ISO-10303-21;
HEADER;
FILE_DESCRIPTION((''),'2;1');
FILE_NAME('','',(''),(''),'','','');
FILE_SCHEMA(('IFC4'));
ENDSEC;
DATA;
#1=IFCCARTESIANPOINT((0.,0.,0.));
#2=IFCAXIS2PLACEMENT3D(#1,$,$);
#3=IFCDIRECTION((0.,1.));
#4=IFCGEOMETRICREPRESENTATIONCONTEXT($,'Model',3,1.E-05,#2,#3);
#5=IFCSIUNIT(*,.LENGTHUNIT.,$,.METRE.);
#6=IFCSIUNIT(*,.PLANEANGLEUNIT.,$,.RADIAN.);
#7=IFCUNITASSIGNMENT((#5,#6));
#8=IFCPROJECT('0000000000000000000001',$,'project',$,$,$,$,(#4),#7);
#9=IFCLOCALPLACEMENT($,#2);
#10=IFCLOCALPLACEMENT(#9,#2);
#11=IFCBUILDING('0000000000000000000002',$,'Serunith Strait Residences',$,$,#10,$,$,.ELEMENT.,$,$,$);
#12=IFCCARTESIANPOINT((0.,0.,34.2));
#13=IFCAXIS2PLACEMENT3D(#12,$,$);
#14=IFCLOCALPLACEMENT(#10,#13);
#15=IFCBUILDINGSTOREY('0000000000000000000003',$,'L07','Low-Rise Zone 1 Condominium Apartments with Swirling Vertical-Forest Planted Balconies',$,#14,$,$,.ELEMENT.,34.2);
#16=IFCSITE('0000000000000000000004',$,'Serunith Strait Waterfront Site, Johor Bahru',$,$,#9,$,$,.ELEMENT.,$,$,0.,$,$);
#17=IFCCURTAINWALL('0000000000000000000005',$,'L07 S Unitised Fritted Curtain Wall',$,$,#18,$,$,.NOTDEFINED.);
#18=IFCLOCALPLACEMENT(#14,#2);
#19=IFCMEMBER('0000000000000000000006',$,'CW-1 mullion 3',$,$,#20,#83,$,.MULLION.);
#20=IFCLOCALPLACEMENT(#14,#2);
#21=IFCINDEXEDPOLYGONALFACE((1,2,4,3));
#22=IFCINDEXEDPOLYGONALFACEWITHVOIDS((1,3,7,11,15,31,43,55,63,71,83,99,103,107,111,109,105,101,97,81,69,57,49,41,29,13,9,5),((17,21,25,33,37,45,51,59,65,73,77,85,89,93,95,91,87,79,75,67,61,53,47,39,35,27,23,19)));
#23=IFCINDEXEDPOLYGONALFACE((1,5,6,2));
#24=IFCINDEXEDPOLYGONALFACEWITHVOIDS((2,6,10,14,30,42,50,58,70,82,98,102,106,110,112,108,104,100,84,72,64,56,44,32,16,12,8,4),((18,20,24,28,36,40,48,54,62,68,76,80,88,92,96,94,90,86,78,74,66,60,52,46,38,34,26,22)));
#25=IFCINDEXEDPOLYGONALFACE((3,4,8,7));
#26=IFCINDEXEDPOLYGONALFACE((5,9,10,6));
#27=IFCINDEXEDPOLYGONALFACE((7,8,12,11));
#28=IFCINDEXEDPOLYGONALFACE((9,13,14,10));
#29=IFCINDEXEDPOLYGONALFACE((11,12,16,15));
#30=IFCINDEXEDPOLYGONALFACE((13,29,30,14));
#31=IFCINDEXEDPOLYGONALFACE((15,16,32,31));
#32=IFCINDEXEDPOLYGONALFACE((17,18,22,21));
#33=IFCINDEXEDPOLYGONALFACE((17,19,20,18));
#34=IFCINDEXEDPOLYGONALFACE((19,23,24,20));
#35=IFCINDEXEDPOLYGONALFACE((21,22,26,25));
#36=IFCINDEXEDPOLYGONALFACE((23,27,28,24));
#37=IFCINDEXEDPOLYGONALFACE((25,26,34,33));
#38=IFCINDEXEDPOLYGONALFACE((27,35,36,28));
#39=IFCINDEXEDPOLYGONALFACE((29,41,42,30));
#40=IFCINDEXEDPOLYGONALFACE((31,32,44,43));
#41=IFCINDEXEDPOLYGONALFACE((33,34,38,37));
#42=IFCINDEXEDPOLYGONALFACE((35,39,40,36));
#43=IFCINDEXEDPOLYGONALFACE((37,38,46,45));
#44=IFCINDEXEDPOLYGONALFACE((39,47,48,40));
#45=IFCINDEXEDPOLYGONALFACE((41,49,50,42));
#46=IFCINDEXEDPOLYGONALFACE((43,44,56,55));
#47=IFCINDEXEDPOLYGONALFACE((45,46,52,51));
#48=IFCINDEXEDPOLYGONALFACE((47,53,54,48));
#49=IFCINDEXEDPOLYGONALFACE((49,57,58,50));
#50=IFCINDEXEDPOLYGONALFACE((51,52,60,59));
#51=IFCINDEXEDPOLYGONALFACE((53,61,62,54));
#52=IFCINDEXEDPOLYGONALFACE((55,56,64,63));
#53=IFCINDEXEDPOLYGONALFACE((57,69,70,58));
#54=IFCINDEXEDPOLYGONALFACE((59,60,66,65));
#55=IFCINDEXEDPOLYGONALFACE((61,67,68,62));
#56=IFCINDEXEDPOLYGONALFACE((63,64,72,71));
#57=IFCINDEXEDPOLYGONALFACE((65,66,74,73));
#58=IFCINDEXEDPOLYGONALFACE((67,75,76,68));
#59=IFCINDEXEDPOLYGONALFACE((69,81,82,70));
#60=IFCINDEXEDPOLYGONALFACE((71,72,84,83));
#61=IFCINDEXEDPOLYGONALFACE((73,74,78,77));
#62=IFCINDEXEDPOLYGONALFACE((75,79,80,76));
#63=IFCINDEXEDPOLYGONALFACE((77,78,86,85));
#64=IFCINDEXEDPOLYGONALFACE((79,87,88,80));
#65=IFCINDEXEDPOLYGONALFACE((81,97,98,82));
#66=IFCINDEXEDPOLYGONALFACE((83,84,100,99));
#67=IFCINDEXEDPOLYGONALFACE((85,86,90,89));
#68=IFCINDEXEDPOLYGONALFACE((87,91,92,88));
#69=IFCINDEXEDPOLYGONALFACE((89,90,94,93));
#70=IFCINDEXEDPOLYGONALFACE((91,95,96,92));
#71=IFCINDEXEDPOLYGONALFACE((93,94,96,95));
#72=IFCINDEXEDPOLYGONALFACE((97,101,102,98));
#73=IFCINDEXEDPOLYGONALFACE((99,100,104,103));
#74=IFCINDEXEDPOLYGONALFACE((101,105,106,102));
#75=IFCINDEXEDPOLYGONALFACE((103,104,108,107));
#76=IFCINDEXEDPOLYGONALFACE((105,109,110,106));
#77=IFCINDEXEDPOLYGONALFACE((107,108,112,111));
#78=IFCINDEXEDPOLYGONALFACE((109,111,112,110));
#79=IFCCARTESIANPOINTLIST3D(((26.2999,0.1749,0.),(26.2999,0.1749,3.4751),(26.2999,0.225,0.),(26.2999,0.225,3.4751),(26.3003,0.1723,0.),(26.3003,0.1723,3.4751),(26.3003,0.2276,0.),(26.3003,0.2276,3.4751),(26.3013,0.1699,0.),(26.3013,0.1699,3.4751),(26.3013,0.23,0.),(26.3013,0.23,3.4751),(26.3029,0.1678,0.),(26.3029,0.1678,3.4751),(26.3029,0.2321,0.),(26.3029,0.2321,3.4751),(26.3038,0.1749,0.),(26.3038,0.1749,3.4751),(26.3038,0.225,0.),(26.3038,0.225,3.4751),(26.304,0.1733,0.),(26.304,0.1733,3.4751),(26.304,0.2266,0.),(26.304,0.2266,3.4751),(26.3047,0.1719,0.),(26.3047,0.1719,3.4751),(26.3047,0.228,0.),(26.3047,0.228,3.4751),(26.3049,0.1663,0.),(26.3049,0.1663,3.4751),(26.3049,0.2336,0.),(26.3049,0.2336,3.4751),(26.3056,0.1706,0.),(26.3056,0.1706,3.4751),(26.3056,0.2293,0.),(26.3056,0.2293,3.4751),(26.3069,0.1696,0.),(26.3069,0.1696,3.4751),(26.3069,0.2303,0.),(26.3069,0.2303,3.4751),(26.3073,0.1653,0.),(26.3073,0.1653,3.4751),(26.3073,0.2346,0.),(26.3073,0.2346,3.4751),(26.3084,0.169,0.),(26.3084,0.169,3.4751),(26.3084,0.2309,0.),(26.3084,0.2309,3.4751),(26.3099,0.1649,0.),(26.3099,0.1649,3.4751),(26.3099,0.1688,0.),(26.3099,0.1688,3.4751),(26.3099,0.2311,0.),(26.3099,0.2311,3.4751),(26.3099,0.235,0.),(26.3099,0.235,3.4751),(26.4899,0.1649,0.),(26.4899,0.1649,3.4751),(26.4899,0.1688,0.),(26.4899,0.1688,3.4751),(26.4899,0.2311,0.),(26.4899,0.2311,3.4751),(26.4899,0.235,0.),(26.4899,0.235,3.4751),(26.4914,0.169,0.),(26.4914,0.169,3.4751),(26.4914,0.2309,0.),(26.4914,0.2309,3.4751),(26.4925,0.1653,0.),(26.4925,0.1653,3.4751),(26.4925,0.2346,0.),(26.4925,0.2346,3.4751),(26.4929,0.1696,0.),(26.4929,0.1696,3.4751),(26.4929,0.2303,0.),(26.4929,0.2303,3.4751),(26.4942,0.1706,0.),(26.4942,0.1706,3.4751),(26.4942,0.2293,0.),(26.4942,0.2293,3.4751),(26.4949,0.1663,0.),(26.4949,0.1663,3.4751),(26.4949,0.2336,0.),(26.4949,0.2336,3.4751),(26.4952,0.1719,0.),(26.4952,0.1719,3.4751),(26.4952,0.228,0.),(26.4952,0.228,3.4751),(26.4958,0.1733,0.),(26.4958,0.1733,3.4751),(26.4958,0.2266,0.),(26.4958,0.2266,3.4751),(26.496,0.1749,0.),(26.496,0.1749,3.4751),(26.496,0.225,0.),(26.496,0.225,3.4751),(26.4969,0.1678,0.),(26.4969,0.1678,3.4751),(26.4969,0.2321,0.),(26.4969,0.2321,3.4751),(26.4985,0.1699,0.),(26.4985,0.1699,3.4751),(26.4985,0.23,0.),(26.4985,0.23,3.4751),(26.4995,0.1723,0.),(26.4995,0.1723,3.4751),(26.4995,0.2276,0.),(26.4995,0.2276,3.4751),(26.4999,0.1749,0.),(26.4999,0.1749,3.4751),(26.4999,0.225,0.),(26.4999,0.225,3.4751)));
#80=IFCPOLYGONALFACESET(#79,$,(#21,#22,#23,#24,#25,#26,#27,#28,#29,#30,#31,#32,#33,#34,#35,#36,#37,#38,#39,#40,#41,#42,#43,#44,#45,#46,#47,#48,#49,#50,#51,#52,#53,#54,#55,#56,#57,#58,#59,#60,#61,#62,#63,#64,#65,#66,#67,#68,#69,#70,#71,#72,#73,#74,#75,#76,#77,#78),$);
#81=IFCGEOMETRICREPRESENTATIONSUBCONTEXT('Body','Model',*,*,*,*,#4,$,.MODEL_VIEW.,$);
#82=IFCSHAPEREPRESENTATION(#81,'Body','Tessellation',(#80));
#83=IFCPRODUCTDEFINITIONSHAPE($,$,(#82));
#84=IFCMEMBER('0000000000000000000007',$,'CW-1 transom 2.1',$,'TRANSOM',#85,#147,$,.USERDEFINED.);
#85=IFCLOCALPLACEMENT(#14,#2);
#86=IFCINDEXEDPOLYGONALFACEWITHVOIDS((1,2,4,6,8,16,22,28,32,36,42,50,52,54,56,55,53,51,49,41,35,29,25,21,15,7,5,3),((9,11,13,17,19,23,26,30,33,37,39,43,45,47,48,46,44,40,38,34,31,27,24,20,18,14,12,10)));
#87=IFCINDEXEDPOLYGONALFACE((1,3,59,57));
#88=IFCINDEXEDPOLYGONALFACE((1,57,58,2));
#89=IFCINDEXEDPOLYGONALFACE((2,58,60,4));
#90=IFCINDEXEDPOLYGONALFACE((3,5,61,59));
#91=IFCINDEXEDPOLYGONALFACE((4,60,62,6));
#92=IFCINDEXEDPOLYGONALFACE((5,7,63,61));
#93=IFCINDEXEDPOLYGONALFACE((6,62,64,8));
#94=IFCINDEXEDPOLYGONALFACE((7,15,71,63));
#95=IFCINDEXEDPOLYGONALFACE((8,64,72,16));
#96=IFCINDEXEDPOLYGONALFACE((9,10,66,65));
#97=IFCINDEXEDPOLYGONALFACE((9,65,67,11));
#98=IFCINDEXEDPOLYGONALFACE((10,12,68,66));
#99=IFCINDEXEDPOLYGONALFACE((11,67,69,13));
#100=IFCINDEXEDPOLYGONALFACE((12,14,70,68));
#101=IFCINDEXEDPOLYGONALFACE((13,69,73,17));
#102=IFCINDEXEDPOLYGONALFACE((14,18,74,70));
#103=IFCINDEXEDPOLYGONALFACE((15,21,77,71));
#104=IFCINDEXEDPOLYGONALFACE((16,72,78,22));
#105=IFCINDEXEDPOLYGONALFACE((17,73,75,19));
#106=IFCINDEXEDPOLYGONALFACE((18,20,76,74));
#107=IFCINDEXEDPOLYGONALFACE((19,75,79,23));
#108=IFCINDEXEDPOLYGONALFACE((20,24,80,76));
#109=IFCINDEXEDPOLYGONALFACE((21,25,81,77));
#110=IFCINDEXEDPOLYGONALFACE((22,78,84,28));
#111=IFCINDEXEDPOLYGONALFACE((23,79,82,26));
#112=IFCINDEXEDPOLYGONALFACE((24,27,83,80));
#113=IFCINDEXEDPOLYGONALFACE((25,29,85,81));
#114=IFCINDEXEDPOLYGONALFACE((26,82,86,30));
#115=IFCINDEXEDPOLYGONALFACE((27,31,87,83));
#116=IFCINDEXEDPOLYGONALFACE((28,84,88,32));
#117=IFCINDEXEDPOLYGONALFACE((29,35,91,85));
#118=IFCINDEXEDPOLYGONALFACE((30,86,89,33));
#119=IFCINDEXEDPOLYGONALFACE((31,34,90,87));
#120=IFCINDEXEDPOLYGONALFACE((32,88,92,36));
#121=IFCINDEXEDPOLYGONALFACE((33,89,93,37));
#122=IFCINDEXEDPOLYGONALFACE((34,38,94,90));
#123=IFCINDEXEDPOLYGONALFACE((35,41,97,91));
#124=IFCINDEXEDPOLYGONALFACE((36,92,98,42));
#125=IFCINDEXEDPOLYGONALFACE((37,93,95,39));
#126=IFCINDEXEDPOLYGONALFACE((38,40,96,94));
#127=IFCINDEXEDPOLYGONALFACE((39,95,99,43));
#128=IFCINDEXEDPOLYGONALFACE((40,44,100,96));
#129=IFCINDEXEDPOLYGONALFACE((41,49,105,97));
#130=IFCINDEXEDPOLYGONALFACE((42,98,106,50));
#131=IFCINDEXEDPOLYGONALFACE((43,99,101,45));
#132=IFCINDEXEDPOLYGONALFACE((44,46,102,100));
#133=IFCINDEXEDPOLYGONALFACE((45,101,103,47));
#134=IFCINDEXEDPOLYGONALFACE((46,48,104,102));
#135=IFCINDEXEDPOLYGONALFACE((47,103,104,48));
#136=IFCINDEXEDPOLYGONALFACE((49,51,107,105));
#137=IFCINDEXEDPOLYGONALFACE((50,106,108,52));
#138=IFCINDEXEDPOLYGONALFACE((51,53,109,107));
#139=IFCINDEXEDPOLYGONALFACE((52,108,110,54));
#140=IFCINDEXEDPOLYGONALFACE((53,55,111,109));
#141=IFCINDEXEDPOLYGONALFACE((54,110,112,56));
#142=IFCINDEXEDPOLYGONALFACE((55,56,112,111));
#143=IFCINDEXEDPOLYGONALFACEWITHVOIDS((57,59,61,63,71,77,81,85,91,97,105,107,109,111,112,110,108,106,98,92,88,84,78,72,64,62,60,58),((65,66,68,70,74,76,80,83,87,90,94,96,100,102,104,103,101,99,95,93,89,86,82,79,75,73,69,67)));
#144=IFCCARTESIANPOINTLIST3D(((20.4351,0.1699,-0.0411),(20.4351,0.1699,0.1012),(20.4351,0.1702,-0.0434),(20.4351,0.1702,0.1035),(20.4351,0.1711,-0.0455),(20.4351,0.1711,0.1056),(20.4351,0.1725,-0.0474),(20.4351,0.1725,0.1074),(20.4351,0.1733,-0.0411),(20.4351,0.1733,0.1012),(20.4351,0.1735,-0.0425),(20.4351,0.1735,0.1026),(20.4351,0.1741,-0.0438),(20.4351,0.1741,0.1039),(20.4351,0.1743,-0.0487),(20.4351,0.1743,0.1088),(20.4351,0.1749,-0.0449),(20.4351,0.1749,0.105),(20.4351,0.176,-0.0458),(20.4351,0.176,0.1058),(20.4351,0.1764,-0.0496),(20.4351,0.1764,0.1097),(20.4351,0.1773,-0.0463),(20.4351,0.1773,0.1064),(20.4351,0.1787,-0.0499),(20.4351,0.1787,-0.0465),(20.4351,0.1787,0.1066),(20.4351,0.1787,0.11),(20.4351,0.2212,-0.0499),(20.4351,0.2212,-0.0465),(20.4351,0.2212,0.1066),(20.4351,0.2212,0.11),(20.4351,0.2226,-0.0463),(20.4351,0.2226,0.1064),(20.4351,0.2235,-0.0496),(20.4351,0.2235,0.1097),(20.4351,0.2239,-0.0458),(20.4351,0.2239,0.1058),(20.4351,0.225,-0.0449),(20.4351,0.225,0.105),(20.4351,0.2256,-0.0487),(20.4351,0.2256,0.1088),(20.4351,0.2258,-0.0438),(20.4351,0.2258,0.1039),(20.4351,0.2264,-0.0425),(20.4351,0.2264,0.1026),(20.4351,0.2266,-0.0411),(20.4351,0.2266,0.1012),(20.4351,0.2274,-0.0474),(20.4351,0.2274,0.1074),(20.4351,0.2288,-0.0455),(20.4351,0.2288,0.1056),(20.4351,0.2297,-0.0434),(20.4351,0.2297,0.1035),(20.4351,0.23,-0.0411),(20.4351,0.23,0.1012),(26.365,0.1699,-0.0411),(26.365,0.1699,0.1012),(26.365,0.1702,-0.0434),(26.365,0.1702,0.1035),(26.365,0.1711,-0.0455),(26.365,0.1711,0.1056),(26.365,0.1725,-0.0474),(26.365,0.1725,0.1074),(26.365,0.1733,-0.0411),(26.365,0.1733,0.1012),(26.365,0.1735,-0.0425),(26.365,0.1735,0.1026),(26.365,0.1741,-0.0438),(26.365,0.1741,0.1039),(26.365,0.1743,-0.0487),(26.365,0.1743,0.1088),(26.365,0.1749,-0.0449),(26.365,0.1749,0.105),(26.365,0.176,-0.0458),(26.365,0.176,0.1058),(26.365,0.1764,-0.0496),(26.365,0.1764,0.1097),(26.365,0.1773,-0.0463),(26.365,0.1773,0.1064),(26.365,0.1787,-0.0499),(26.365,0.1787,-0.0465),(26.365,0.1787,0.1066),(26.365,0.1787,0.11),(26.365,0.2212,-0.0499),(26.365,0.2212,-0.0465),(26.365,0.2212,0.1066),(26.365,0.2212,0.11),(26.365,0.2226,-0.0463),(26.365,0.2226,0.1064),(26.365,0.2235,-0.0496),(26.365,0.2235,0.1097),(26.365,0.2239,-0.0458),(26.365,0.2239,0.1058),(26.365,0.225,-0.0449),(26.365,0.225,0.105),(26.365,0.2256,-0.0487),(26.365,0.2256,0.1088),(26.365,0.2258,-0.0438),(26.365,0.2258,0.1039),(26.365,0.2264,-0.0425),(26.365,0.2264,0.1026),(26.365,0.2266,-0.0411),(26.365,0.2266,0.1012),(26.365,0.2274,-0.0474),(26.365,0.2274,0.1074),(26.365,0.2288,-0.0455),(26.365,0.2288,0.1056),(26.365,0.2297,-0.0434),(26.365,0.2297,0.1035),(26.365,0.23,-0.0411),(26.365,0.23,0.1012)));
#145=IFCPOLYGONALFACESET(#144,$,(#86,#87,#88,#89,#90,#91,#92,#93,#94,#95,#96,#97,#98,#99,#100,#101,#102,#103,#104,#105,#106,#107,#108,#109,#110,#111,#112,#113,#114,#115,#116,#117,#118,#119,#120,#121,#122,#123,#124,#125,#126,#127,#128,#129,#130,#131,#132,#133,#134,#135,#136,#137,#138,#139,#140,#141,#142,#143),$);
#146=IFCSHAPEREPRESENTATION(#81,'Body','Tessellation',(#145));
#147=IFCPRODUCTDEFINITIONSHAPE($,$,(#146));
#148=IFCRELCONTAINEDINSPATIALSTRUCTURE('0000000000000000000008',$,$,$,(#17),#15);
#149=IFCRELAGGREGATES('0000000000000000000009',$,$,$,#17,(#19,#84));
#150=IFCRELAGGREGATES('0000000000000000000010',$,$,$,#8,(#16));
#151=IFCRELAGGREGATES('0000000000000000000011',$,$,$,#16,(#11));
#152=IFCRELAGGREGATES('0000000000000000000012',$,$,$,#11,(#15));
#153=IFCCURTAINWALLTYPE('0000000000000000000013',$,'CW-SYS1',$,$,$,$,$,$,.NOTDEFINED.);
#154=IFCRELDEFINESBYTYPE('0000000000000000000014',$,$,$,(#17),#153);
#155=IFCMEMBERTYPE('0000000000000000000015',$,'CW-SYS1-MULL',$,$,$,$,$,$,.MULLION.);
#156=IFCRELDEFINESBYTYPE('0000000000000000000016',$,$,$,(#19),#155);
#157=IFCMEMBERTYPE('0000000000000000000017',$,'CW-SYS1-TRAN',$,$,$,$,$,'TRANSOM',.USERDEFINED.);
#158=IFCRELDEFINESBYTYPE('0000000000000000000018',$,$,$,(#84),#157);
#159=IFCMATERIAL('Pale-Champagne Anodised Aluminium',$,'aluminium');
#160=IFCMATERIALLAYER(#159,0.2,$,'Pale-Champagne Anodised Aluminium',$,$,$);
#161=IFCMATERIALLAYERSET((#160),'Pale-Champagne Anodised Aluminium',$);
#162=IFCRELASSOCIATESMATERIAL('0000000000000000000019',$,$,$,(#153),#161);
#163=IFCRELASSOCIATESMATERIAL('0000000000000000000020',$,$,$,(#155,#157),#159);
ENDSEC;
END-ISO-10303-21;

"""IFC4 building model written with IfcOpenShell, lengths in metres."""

from ifc_helpers import new_model, si_unit, direction, frame, origin, origin_2d, place, context, subcontext, project, spatial, hollow_rectangle, extrude, source, transform, mapped, material, layer, layer_set, material_profile, profile_set, type_object, element, aggregate, save


model = new_model("IFC4")

# Units and contexts
model_context = context("Model", 3, precision=1e-05, world=origin(), true_north=direction((0.0, 1.0)))
body_context = subcontext(model_context, "Body", "Model", "MODEL_VIEW")
ifc_project = project(units=[si_unit("LENGTHUNIT", "METRE"), si_unit("PLANEANGLEUNIT", "RADIAN")], contexts=[model_context])

# Site, building, storey
site_placement = place(None, origin())
site = spatial("IfcSite", under=ifc_project, at=site_placement, Name="Serunith Strait Waterfront Site, Johor Bahru", CompositionType="ELEMENT", RefElevation=0.0)
building_placement = place(site_placement, origin())
building = spatial("IfcBuilding", under=site, at=building_placement, Name="Serunith Strait Residences", CompositionType="ELEMENT")
storey_placement = place(building_placement, frame((0.0, 0.0, 34.2)))
storey = spatial("IfcBuildingStorey", under=building, at=storey_placement, Name="L07", Description="Low-Rise Zone 1 Condominium Apartments with Swirling Vertical-Forest Planted Balconies", CompositionType="ELEMENT", Elevation=34.2)

# Curtain wall, members
ifc_material_1 = material(Name="Pale-Champagne Anodised Aluminium", Category="aluminium")
ifc_layer_1 = layer(ifc_material_1, 0.2, Name="Pale-Champagne Anodised Aluminium")
ifc_layer_set_1 = layer_set([ifc_layer_1], Name="Pale-Champagne Anodised Aluminium")
curtain_wall_type = type_object("IfcCurtainWallType", Name="CW-SYS1", PredefinedType="NOTDEFINED", material=ifc_layer_set_1)
curtain_wall_placement = place(storey_placement, origin())
curtain_wall = element("IfcCurtainWall", 1, at=curtain_wall_placement, inside=storey, type_object=curtain_wall_type, Name="L07 S Unitised Fritted Curtain Wall", PredefinedType="NOTDEFINED")
ifc_material_profile_1 = material_profile(ifc_material_1, hollow_rectangle(XDim=0.0701, YDim=0.2, WallThickness=0.0039, InnerFilletRadius=0.0061, OuterFilletRadius=0.01, at=origin_2d()), Name="ALU 200x70x4")
ifc_profile_set_1 = profile_set([ifc_material_profile_1], Name="Pale-Champagne Anodised Aluminium")
member_type_1 = type_object("IfcMemberType", Name="CW-SYS1-MULL", PredefinedType="MULLION", material=ifc_profile_set_1)
shared_shape_1 = source(origin(), body_context, "Body", "SweptSolid", [
    extrude(hollow_rectangle(XDim=0.0701, YDim=0.2, WallThickness=0.0039, InnerFilletRadius=0.0061, OuterFilletRadius=0.01, at=origin_2d()), origin(), (0.0, 0.0, 1.0), 3.4751),
])
member_1_placement = place(storey_placement, frame((26.3999, 0.2, 0.0), z_axis=(0.0, 0.0, 1.0), x_axis=(0.0, 1.0, 0.0)))
member_1 = element("IfcMember", 2, at=member_1_placement, type_object=member_type_1, Name="CW-1 mullion 3", PredefinedType="MULLION", context=body_context, shape_type="MappedRepresentation", body=[
    mapped(shared_shape_1, transform((0.0, 0.0, 0.0), scale=1.0)),
])
ifc_material_profile_2 = material_profile(ifc_material_1, hollow_rectangle(XDim=0.0601, YDim=0.1599, WallThickness=0.0034, InnerFilletRadius=0.0054, OuterFilletRadius=0.0088, at=origin_2d()), Name="ALU 160x60x3.5")
ifc_profile_set_2 = profile_set([ifc_material_profile_2], Name="Pale-Champagne Anodised Aluminium")
member_type_2 = type_object("IfcMemberType", Name="CW-SYS1-TRAN", ElementType="TRANSOM", PredefinedType="USERDEFINED", material=ifc_profile_set_2)
shared_shape_2 = source(origin(), body_context, "Body", "SweptSolid", [
    extrude(hollow_rectangle(XDim=0.0601, YDim=0.1599, WallThickness=0.0034, InnerFilletRadius=0.0054, OuterFilletRadius=0.0088, at=origin_2d()), origin(), (0.0, 0.0, 1.0), 5.9299),
])
member_2_placement = place(storey_placement, frame((20.4351, 0.2, 0.03), z_axis=(1.0, 0.0, 0.0), x_axis=(0.0, 1.0, 0.0)))
member_2 = element("IfcMember", 3, at=member_2_placement, type_object=member_type_2, Name="CW-1 transom 2.1", ObjectType="TRANSOM", PredefinedType="USERDEFINED", context=body_context, shape_type="MappedRepresentation", body=[
    mapped(shared_shape_2, transform((0.0, 0.0, 0.0), scale=1.0)),
])
aggregate(curtain_wall, [member_1, member_2])

save(model, "model.ifc")
